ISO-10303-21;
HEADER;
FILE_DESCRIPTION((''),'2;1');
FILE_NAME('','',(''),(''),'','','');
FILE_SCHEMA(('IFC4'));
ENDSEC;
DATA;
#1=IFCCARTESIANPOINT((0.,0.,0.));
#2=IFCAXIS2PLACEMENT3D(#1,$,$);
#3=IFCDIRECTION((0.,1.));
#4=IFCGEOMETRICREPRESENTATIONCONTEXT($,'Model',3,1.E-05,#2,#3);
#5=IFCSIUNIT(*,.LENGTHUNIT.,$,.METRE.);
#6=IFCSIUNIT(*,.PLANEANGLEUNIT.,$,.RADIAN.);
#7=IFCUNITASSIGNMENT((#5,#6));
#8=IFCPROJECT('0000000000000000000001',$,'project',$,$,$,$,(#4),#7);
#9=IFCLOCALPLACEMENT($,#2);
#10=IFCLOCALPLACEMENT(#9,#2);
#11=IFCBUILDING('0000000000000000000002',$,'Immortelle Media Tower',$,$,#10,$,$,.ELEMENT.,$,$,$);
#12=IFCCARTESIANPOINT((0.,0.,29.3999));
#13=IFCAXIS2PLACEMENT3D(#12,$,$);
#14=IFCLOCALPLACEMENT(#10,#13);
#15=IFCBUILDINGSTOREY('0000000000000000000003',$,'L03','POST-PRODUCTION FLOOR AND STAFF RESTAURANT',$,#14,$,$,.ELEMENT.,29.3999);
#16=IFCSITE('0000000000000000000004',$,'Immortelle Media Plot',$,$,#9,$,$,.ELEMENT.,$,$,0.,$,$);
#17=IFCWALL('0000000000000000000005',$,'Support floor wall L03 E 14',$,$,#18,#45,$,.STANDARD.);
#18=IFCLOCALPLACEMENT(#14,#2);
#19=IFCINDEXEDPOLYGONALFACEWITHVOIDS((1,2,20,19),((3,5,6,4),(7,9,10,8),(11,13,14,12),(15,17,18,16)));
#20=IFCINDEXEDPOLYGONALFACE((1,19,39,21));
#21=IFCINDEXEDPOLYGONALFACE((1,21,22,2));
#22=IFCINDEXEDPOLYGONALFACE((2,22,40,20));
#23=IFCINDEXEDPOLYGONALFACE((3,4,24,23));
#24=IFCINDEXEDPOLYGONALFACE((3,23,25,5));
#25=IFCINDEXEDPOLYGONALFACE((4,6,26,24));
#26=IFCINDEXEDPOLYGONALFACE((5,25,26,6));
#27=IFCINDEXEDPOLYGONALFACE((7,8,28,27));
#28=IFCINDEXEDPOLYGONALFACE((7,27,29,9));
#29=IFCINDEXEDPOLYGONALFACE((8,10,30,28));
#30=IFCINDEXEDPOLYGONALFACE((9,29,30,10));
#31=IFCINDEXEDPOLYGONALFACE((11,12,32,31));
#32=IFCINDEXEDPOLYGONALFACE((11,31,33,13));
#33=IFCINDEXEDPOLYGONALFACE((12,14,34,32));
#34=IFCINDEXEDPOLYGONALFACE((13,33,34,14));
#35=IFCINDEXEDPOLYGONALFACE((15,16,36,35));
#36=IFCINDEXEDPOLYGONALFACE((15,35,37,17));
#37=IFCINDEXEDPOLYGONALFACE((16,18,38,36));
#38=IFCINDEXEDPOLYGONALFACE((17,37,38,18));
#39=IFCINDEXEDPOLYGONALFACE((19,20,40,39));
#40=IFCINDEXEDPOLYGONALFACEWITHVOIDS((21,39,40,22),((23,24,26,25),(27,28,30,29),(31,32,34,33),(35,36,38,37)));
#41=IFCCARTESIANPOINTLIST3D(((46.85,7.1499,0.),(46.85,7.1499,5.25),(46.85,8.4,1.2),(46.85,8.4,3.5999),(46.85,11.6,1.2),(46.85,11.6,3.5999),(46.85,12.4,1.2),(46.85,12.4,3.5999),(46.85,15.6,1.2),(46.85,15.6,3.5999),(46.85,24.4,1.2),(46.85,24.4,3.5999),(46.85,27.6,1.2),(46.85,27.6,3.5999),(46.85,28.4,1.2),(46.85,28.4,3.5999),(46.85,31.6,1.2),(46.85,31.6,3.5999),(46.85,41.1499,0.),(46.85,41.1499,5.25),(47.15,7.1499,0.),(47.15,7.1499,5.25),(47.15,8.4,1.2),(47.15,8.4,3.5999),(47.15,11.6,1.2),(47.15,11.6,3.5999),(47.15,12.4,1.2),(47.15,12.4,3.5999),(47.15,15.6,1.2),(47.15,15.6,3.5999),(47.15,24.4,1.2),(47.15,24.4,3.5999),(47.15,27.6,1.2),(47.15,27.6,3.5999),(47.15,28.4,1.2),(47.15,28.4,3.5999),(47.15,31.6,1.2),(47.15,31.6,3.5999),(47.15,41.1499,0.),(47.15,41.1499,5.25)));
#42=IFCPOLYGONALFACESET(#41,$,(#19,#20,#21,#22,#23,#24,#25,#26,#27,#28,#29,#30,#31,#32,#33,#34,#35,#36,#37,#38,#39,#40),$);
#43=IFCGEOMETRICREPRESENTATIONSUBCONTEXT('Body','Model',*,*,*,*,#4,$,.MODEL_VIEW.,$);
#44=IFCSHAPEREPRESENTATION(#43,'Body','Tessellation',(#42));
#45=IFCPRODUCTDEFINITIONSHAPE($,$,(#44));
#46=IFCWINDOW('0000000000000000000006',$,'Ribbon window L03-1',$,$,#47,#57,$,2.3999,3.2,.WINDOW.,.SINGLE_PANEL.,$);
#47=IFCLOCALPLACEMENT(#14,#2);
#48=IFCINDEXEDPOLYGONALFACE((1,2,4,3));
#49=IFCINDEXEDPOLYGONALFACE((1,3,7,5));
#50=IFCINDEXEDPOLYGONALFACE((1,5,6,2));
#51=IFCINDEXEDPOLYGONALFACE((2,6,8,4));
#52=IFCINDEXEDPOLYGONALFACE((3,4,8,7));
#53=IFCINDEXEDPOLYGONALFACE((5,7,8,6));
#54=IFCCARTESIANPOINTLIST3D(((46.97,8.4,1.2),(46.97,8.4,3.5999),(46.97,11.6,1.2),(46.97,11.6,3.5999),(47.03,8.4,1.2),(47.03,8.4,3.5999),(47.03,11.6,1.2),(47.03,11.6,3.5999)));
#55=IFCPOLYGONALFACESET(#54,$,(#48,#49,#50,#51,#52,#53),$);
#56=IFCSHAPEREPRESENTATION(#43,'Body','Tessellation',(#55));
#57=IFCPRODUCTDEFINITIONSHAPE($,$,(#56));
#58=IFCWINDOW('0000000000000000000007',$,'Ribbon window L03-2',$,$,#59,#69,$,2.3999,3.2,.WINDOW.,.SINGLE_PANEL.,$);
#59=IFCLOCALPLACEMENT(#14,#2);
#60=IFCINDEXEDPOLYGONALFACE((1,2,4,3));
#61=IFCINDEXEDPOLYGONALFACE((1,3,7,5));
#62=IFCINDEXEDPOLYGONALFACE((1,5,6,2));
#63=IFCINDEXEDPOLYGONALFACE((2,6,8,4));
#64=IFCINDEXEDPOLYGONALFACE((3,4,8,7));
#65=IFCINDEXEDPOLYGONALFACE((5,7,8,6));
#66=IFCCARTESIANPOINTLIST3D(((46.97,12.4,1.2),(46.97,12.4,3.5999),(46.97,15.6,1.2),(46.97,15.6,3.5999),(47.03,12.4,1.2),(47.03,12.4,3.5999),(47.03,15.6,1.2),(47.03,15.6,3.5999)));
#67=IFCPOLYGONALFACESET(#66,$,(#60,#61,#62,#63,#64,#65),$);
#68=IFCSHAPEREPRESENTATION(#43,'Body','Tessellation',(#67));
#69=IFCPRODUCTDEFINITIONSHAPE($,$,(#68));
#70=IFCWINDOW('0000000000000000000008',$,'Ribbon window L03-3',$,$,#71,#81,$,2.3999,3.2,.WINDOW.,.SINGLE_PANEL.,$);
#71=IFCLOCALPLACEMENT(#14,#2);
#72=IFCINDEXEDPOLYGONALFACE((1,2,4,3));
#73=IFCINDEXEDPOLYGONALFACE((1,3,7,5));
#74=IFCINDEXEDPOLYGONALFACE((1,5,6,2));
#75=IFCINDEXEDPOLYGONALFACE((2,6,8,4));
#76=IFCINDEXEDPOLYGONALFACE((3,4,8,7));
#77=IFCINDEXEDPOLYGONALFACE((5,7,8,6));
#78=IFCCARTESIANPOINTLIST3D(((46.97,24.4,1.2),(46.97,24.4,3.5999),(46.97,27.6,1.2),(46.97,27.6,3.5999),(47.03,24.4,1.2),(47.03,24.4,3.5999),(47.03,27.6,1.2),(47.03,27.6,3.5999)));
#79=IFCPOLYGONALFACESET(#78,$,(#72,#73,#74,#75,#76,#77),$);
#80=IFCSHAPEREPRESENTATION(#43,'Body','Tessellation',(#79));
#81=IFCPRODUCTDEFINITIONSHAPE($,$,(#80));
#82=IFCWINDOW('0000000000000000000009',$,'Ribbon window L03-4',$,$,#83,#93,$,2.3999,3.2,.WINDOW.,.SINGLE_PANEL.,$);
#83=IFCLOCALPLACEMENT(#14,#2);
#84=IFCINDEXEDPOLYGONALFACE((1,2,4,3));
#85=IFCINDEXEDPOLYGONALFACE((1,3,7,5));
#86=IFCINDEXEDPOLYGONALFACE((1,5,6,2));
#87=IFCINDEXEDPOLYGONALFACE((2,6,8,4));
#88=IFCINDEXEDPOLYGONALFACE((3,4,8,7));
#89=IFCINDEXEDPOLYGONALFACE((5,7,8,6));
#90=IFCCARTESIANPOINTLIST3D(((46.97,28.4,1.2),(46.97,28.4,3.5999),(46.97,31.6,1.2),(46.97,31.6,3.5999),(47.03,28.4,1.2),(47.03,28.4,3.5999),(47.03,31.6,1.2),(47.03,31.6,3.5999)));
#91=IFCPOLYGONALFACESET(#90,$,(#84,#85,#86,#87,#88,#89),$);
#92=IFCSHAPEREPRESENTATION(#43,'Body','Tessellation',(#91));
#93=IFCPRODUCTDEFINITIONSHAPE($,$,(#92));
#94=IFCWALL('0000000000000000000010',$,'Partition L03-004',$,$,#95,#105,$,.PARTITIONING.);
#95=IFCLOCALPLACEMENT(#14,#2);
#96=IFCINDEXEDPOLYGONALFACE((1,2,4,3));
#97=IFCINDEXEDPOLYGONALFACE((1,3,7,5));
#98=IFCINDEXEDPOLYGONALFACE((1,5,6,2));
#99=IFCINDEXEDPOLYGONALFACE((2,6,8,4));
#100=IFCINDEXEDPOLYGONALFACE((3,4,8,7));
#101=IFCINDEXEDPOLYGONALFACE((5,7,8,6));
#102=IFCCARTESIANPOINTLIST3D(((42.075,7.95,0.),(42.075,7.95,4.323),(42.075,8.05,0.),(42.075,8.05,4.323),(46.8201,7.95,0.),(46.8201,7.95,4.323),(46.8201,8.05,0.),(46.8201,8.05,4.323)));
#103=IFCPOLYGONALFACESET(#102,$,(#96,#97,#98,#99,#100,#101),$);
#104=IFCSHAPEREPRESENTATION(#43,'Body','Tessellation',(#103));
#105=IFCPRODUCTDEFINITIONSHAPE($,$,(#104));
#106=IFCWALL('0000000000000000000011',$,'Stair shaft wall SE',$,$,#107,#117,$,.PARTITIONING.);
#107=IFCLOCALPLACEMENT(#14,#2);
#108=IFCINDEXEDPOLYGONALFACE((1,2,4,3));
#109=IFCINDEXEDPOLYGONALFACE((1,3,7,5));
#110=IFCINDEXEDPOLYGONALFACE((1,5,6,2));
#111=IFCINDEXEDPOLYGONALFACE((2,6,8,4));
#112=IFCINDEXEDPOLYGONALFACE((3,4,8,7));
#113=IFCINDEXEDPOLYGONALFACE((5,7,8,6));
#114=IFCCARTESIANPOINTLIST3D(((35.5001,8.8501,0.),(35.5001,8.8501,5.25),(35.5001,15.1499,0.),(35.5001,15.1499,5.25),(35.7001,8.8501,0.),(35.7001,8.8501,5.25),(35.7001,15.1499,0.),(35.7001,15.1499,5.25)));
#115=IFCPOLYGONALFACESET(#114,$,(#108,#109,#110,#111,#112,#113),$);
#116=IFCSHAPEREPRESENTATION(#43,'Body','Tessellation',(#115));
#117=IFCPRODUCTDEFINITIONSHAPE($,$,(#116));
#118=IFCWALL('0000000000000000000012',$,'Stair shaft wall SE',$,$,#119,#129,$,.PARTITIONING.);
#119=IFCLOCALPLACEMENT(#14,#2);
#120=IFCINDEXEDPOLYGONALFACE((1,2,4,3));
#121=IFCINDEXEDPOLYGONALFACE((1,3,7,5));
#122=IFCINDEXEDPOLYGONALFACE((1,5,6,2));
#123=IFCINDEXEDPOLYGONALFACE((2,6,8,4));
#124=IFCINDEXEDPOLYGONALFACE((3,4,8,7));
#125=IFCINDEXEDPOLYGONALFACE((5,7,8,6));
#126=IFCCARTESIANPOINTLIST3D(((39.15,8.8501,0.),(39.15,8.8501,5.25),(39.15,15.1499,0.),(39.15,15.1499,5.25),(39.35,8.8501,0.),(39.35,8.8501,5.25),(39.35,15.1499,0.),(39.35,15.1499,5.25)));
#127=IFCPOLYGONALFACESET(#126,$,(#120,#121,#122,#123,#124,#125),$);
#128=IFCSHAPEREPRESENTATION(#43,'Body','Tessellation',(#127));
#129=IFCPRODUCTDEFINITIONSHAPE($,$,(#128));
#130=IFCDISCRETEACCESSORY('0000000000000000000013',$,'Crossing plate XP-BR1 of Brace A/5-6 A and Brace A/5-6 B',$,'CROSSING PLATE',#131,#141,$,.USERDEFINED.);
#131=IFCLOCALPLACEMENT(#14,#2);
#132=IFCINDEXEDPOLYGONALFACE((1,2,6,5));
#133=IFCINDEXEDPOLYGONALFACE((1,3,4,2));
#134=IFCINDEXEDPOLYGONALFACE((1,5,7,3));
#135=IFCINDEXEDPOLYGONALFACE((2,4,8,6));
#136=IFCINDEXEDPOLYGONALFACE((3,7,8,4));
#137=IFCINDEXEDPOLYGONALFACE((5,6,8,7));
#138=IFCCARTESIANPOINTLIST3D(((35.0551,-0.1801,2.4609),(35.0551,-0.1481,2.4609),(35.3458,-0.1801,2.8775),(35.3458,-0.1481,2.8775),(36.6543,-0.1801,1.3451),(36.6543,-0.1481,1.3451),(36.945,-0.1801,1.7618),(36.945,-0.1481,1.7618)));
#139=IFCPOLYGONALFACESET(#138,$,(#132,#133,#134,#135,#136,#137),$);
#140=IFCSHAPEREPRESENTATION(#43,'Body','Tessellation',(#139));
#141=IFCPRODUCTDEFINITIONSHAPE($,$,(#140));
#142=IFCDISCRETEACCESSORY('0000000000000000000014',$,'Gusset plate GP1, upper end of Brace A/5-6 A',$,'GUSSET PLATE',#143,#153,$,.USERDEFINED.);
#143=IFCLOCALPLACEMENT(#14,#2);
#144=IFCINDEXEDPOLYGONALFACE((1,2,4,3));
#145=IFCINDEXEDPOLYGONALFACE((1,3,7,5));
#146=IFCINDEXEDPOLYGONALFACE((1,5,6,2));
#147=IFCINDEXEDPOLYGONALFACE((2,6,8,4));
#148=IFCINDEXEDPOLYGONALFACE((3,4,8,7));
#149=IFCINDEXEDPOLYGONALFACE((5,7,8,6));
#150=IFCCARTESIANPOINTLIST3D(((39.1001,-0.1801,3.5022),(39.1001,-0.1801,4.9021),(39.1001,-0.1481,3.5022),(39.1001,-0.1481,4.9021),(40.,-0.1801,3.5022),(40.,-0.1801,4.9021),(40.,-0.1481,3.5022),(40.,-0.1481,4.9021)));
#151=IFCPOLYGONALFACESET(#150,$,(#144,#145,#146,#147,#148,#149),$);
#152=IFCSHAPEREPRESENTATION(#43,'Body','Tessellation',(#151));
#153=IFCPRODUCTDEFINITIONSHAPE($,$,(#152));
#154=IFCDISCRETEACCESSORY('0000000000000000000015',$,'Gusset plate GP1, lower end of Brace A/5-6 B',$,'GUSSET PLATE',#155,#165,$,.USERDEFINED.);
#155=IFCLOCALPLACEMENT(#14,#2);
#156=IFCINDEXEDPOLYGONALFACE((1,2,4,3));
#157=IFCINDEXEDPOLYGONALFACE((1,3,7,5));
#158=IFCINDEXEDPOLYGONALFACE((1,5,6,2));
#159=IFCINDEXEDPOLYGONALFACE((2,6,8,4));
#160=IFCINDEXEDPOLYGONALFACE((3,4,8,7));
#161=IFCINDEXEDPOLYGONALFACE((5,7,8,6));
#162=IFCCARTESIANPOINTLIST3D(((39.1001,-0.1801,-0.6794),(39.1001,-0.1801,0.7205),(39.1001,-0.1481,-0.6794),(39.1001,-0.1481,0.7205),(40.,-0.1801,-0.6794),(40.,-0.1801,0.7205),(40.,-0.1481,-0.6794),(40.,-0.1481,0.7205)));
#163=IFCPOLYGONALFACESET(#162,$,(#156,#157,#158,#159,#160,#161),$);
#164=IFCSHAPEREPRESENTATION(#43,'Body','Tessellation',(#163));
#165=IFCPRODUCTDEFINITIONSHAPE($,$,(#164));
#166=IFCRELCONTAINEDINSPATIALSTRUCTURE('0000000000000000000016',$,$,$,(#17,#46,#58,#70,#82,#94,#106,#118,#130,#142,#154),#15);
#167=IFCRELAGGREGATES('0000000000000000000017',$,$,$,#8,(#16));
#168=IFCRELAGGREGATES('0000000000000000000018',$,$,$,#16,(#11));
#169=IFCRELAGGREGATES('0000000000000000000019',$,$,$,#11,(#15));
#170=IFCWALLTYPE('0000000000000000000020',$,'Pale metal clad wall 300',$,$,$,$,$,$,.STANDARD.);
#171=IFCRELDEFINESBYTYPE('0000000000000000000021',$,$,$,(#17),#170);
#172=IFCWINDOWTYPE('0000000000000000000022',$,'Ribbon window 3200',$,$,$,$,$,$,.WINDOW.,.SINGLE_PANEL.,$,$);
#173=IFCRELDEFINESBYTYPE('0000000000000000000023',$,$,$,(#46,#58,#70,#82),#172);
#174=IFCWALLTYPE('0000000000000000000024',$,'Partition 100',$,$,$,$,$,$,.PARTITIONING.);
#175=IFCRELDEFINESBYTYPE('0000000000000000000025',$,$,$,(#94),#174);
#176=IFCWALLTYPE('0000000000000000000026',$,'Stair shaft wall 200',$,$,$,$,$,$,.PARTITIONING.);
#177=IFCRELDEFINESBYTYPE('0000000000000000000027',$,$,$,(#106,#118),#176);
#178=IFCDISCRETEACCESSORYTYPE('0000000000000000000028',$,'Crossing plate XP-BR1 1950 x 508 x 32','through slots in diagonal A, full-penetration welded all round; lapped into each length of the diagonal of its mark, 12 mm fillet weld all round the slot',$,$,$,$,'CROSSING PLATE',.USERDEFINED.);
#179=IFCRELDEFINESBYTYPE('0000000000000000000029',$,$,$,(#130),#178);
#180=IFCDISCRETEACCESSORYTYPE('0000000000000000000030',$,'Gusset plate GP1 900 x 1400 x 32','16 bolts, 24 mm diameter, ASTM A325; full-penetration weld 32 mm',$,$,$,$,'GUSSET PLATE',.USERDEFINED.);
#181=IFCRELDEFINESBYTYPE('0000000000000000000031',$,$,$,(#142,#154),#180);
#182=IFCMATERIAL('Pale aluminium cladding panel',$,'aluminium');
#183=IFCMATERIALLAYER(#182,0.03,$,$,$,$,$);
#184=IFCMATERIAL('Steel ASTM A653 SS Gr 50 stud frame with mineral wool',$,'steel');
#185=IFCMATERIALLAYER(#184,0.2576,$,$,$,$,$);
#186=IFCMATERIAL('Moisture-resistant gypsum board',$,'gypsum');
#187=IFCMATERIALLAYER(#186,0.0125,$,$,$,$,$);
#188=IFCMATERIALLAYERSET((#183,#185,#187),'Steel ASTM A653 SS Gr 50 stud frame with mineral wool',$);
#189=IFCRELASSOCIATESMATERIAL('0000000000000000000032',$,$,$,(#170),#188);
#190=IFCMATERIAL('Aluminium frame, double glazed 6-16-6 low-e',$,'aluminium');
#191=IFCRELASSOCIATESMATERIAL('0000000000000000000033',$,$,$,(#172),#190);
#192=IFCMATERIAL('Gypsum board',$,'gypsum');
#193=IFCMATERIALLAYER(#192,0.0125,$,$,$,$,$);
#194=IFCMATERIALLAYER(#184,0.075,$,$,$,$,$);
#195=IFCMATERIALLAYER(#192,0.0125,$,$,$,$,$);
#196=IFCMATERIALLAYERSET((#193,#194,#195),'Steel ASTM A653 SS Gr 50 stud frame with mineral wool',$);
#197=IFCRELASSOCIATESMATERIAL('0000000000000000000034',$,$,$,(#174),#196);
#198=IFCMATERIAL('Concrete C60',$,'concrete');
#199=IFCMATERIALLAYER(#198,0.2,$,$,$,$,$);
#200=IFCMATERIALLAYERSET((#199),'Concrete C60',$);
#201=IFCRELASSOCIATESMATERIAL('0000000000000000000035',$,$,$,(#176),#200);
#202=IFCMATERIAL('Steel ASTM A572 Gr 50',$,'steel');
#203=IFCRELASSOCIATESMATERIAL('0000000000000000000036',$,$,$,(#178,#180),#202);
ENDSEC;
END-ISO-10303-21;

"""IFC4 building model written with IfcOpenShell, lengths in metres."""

from ifc_helpers import new_model, si_unit, direction, frame, frame_2d, origin, origin_2d, place, context, subcontext, project, spatial, rectangle, extrude, material, layer, layer_set, material_profile, profile_set, type_object, element, fill, save


model = new_model("IFC4")

# Units and contexts
model_context = context("Model", 3, precision=1e-05, world=origin(), true_north=direction((0.0, 1.0)))
body_context = subcontext(model_context, "Body", "Model", "MODEL_VIEW")
ifc_project = project(units=[si_unit("LENGTHUNIT", "METRE"), si_unit("PLANEANGLEUNIT", "RADIAN")], contexts=[model_context])

# Site, building, storey
site_placement = place(None, origin())
site = spatial("IfcSite", under=ifc_project, at=site_placement, Name="Immortelle Media Plot", CompositionType="ELEMENT", RefElevation=0.0)
building_placement = place(site_placement, origin())
building = spatial("IfcBuilding", under=site, at=building_placement, Name="Immortelle Media Tower", CompositionType="ELEMENT")
storey_placement = place(building_placement, frame((0.0, 0.0, 29.3999)))
storey = spatial("IfcBuildingStorey", under=building, at=storey_placement, Name="L03", Description="POST-PRODUCTION FLOOR AND STAFF RESTAURANT", CompositionType="ELEMENT", Elevation=29.3999)

# Shared definitions
ifc_material_1 = material(Name="Steel ASTM A653 SS Gr 50 stud frame with mineral wool", Category="steel")
ifc_material_2 = material(Name="Pale aluminium cladding panel", Category="aluminium")
ifc_layer_1 = layer(ifc_material_2, 0.03)
ifc_layer_2 = layer(ifc_material_1, 0.2576)
ifc_material_3 = material(Name="Moisture-resistant gypsum board", Category="gypsum")
ifc_layer_3 = layer(ifc_material_3, 0.0125)
ifc_layer_set_1 = layer_set([ifc_layer_1, ifc_layer_2, ifc_layer_3], Name="Steel ASTM A653 SS Gr 50 stud frame with mineral wool")
wall_type_1 = type_object("IfcWallType", Name="Pale metal clad wall 300", PredefinedType="STANDARD", material=ifc_layer_set_1)

# Wall, openings, windows
wall_1_placement = place(storey_placement, frame((47.0, 7.1499, 0.0), z_axis=(0.0, 0.0, 1.0), x_axis=(0.0, 1.0, 0.0)))
wall_1 = element("IfcWall", 1, at=wall_1_placement, inside=storey, type_object=wall_type_1, Name="Support floor wall L03 E 14", PredefinedType="STANDARD", context=body_context, shape_type="SweptSolid", body=[
    extrude(rectangle(XDim=34.0, YDim=0.3, at=frame_2d((17.0, 0.0))), origin(), (0.0, 0.0, 1.0), 5.25),
])
opening_1_placement = place(wall_1_placement, frame((1.25, 0.0, 1.2)))
opening_1 = element("IfcOpeningElement", 2, at=opening_1_placement, cuts=wall_1, PredefinedType="OPENING", context=body_context, shape_type="SweptSolid", body=[
    extrude(rectangle(XDim=3.2, YDim=2.3999, at=frame_2d((1.6001, 1.2))), frame((0.0, 0.1599, 0.0), z_axis=(0.0, -1.0, 0.0), x_axis=(1.0, 0.0, 0.0)), (0.0, 0.0, 1.0), 0.3201),
])
opening_2_placement = place(wall_1_placement, frame((5.25, 0.0, 1.2)))
opening_2 = element("IfcOpeningElement", 3, at=opening_2_placement, cuts=wall_1, PredefinedType="OPENING", context=body_context, shape_type="SweptSolid", body=[
    extrude(rectangle(XDim=3.2, YDim=2.3999, at=frame_2d((1.6001, 1.2))), frame((0.0, 0.1599, 0.0), z_axis=(0.0, -1.0, 0.0), x_axis=(1.0, 0.0, 0.0)), (0.0, 0.0, 1.0), 0.3201),
])
opening_3_placement = place(wall_1_placement, frame((17.25, 0.0, 1.2)))
opening_3 = element("IfcOpeningElement", 4, at=opening_3_placement, cuts=wall_1, PredefinedType="OPENING", context=body_context, shape_type="SweptSolid", body=[
    extrude(rectangle(XDim=3.2, YDim=2.3999, at=frame_2d((1.6001, 1.2))), frame((0.0, 0.1599, 0.0), z_axis=(0.0, -1.0, 0.0), x_axis=(1.0, 0.0, 0.0)), (0.0, 0.0, 1.0), 0.3201),
])
opening_4_placement = place(wall_1_placement, frame((21.25, 0.0, 1.2)))
opening_4 = element("IfcOpeningElement", 5, at=opening_4_placement, cuts=wall_1, PredefinedType="OPENING", context=body_context, shape_type="SweptSolid", body=[
    extrude(rectangle(XDim=3.2, YDim=2.3999, at=frame_2d((1.6001, 1.2))), frame((0.0, 0.1599, 0.0), z_axis=(0.0, -1.0, 0.0), x_axis=(1.0, 0.0, 0.0)), (0.0, 0.0, 1.0), 0.3201),
])
ifc_material_4 = material(Name="Aluminium frame, double glazed 6-16-6 low-e", Category="aluminium")
window_type = type_object("IfcWindowType", Name="Ribbon window 3200", PartitioningType="SINGLE_PANEL", PredefinedType="WINDOW", material=ifc_material_4)
window_1_placement = place(opening_1_placement, origin())
window_1 = element("IfcWindow", 6, at=window_1_placement, inside=storey, type_object=window_type, Name="Ribbon window L03-1", OverallHeight=2.3999, OverallWidth=3.2, PartitioningType="SINGLE_PANEL", PredefinedType="WINDOW", context=body_context, shape_type="SweptSolid", body=[
    extrude(rectangle(XDim=3.2, YDim=2.3999, at=frame_2d((1.6001, 1.2))), frame((0.0, 0.03, 0.0), z_axis=(0.0, -1.0, 0.0), x_axis=(1.0, 0.0, 0.0)), (0.0, 0.0, 1.0), 0.0601),
])
fill(opening_1, window_1)
window_2_placement = place(opening_2_placement, origin())
window_2 = element("IfcWindow", 7, at=window_2_placement, inside=storey, type_object=window_type, Name="Ribbon window L03-2", OverallHeight=2.3999, OverallWidth=3.2, PartitioningType="SINGLE_PANEL", PredefinedType="WINDOW", context=body_context, shape_type="SweptSolid", body=[
    extrude(rectangle(XDim=3.2, YDim=2.3999, at=frame_2d((1.6001, 1.2))), frame((0.0, 0.03, 0.0), z_axis=(0.0, -1.0, 0.0), x_axis=(1.0, 0.0, 0.0)), (0.0, 0.0, 1.0), 0.0601),
])
fill(opening_2, window_2)
window_3_placement = place(opening_3_placement, origin())
window_3 = element("IfcWindow", 8, at=window_3_placement, inside=storey, type_object=window_type, Name="Ribbon window L03-3", OverallHeight=2.3999, OverallWidth=3.2, PartitioningType="SINGLE_PANEL", PredefinedType="WINDOW", context=body_context, shape_type="SweptSolid", body=[
    extrude(rectangle(XDim=3.2, YDim=2.3999, at=frame_2d((1.6001, 1.2))), frame((0.0, 0.03, 0.0), z_axis=(0.0, -1.0, 0.0), x_axis=(1.0, 0.0, 0.0)), (0.0, 0.0, 1.0), 0.0601),
])
fill(opening_3, window_3)
window_4_placement = place(opening_4_placement, origin())
window_4 = element("IfcWindow", 9, at=window_4_placement, inside=storey, type_object=window_type, Name="Ribbon window L03-4", OverallHeight=2.3999, OverallWidth=3.2, PartitioningType="SINGLE_PANEL", PredefinedType="WINDOW", context=body_context, shape_type="SweptSolid", body=[
    extrude(rectangle(XDim=3.2, YDim=2.3999, at=frame_2d((1.6001, 1.2))), frame((0.0, 0.03, 0.0), z_axis=(0.0, -1.0, 0.0), x_axis=(1.0, 0.0, 0.0)), (0.0, 0.0, 1.0), 0.0601),
])
fill(opening_4, window_4)

# Walls
ifc_material_5 = material(Name="Gypsum board", Category="gypsum")
ifc_layer_4 = layer(ifc_material_5, 0.0125)
ifc_layer_5 = layer(ifc_material_1, 0.075)
ifc_layer_6 = layer(ifc_material_5, 0.0125)
ifc_layer_set_2 = layer_set([ifc_layer_4, ifc_layer_5, ifc_layer_6], Name="Steel ASTM A653 SS Gr 50 stud frame with mineral wool")
wall_type_2 = type_object("IfcWallType", Name="Partition 100", PredefinedType="PARTITIONING", material=ifc_layer_set_2)
wall_2_placement = place(storey_placement, frame((42.075, 8.0, 0.0), z_axis=(0.0, 0.0, 1.0), x_axis=(1.0, 0.0, 0.0)))
element("IfcWall", 10, at=wall_2_placement, inside=storey, type_object=wall_type_2, Name="Partition L03-004", PredefinedType="PARTITIONING", context=body_context, shape_type="SweptSolid", body=[
    extrude(rectangle(XDim=4.7451, YDim=0.1001, at=frame_2d((2.3726, 0.0))), origin(), (0.0, 0.0, 1.0), 4.323),
])
ifc_material_6 = material(Name="Concrete C60", Category="concrete")
ifc_layer_7 = layer(ifc_material_6, 0.2)
ifc_layer_set_3 = layer_set([ifc_layer_7], Name="Concrete C60")
wall_type_3 = type_object("IfcWallType", Name="Stair shaft wall 200", PredefinedType="PARTITIONING", material=ifc_layer_set_3)
for number, where, z_axis, x_axis, name in (
    (11, (35.6001, 8.8501, 0.0), (0.0, 0.0, 1.0), (0.0, 1.0, 0.0), "Stair shaft wall SE"),
    (12, (39.25, 8.8501, 0.0), (0.0, 0.0, 1.0), (0.0, 1.0, 0.0), "Stair shaft wall SE"),
):
    element("IfcWall", number, at=place(storey_placement, frame(where, z_axis=z_axis, x_axis=x_axis)), inside=storey, type_object=wall_type_3, Name=name, PredefinedType="PARTITIONING", context=body_context, shape_type="SweptSolid", body=[
        extrude(rectangle(XDim=6.2998, YDim=0.2, at=frame_2d((3.1499, 0.0))), origin(), (0.0, 0.0, 1.0), 5.25),
    ])

# Discrete accessories
ifc_material_7 = material(Name="Steel ASTM A572 Gr 50", Category="steel")
ifc_material_profile_1 = material_profile(ifc_material_7, rectangle(XDim=0.032, YDim=0.5081, at=origin_2d()), Name="PL 32 x 508")
ifc_profile_set_1 = profile_set([ifc_material_profile_1], Name="Steel ASTM A572 Gr 50")
discrete_accessory_type_1 = type_object("IfcDiscreteAccessoryType", Name="Crossing plate XP-BR1 1950 x 508 x 32", Description="through slots in diagonal A, full-penetration welded all round; lapped into each length of the diagonal of its mark, 12 mm fillet weld all round the slot", ElementType="CROSSING PLATE", PredefinedType="USERDEFINED", material=ifc_profile_set_1)
discrete_accessory_placement = place(storey_placement, frame((35.2004, -0.1641, 2.6692), z_axis=(0.820113, 0.0, -0.572201), x_axis=(0.0, 1.0, 0.0)))
element("IfcDiscreteAccessory", 13, at=discrete_accessory_placement, inside=storey, type_object=discrete_accessory_type_1, Name="Crossing plate XP-BR1 of Brace A/5-6 A and Brace A/5-6 B", ObjectType="CROSSING PLATE", PredefinedType="USERDEFINED", context=body_context, shape_type="SweptSolid", body=[
    extrude(rectangle(XDim=0.032, YDim=0.5081, at=origin_2d()), origin(), (0.0, 0.0, 1.0), 1.95),
])
ifc_material_profile_2 = material_profile(ifc_material_7, rectangle(XDim=0.032, YDim=1.3999, at=origin_2d()), Name="PL 32 x 1400")
ifc_profile_set_2 = profile_set([ifc_material_profile_2], Name="Steel ASTM A572 Gr 50")
discrete_accessory_type_2 = type_object("IfcDiscreteAccessoryType", Name="Gusset plate GP1 900 x 1400 x 32", Description="16 bolts, 24 mm diameter, ASTM A325; full-penetration weld 32 mm", ElementType="GUSSET PLATE", PredefinedType="USERDEFINED", material=ifc_profile_set_2)
for number, where, z_axis, x_axis, name in (
    (14, (40.0, -0.1641, 4.2021), (-1.0, 0.0, 0.0), (0.0, -1.0, 0.0), "Gusset plate GP1, upper end of Brace A/5-6 A"),
    (15, (40.0, -0.1641, 0.0205), (-1.0, 0.0, 0.0), (0.0, -1.0, 0.0), "Gusset plate GP1, lower end of Brace A/5-6 B"),
):
    element("IfcDiscreteAccessory", number, at=place(storey_placement, frame(where, z_axis=z_axis, x_axis=x_axis)), inside=storey, type_object=discrete_accessory_type_2, Name=name, ObjectType="GUSSET PLATE", PredefinedType="USERDEFINED", context=body_context, shape_type="SweptSolid", body=[
        extrude(rectangle(XDim=0.032, YDim=1.3999, at=origin_2d()), origin(), (0.0, 0.0, 1.0), 0.8999),
    ])

save(model, "model.ifc")
